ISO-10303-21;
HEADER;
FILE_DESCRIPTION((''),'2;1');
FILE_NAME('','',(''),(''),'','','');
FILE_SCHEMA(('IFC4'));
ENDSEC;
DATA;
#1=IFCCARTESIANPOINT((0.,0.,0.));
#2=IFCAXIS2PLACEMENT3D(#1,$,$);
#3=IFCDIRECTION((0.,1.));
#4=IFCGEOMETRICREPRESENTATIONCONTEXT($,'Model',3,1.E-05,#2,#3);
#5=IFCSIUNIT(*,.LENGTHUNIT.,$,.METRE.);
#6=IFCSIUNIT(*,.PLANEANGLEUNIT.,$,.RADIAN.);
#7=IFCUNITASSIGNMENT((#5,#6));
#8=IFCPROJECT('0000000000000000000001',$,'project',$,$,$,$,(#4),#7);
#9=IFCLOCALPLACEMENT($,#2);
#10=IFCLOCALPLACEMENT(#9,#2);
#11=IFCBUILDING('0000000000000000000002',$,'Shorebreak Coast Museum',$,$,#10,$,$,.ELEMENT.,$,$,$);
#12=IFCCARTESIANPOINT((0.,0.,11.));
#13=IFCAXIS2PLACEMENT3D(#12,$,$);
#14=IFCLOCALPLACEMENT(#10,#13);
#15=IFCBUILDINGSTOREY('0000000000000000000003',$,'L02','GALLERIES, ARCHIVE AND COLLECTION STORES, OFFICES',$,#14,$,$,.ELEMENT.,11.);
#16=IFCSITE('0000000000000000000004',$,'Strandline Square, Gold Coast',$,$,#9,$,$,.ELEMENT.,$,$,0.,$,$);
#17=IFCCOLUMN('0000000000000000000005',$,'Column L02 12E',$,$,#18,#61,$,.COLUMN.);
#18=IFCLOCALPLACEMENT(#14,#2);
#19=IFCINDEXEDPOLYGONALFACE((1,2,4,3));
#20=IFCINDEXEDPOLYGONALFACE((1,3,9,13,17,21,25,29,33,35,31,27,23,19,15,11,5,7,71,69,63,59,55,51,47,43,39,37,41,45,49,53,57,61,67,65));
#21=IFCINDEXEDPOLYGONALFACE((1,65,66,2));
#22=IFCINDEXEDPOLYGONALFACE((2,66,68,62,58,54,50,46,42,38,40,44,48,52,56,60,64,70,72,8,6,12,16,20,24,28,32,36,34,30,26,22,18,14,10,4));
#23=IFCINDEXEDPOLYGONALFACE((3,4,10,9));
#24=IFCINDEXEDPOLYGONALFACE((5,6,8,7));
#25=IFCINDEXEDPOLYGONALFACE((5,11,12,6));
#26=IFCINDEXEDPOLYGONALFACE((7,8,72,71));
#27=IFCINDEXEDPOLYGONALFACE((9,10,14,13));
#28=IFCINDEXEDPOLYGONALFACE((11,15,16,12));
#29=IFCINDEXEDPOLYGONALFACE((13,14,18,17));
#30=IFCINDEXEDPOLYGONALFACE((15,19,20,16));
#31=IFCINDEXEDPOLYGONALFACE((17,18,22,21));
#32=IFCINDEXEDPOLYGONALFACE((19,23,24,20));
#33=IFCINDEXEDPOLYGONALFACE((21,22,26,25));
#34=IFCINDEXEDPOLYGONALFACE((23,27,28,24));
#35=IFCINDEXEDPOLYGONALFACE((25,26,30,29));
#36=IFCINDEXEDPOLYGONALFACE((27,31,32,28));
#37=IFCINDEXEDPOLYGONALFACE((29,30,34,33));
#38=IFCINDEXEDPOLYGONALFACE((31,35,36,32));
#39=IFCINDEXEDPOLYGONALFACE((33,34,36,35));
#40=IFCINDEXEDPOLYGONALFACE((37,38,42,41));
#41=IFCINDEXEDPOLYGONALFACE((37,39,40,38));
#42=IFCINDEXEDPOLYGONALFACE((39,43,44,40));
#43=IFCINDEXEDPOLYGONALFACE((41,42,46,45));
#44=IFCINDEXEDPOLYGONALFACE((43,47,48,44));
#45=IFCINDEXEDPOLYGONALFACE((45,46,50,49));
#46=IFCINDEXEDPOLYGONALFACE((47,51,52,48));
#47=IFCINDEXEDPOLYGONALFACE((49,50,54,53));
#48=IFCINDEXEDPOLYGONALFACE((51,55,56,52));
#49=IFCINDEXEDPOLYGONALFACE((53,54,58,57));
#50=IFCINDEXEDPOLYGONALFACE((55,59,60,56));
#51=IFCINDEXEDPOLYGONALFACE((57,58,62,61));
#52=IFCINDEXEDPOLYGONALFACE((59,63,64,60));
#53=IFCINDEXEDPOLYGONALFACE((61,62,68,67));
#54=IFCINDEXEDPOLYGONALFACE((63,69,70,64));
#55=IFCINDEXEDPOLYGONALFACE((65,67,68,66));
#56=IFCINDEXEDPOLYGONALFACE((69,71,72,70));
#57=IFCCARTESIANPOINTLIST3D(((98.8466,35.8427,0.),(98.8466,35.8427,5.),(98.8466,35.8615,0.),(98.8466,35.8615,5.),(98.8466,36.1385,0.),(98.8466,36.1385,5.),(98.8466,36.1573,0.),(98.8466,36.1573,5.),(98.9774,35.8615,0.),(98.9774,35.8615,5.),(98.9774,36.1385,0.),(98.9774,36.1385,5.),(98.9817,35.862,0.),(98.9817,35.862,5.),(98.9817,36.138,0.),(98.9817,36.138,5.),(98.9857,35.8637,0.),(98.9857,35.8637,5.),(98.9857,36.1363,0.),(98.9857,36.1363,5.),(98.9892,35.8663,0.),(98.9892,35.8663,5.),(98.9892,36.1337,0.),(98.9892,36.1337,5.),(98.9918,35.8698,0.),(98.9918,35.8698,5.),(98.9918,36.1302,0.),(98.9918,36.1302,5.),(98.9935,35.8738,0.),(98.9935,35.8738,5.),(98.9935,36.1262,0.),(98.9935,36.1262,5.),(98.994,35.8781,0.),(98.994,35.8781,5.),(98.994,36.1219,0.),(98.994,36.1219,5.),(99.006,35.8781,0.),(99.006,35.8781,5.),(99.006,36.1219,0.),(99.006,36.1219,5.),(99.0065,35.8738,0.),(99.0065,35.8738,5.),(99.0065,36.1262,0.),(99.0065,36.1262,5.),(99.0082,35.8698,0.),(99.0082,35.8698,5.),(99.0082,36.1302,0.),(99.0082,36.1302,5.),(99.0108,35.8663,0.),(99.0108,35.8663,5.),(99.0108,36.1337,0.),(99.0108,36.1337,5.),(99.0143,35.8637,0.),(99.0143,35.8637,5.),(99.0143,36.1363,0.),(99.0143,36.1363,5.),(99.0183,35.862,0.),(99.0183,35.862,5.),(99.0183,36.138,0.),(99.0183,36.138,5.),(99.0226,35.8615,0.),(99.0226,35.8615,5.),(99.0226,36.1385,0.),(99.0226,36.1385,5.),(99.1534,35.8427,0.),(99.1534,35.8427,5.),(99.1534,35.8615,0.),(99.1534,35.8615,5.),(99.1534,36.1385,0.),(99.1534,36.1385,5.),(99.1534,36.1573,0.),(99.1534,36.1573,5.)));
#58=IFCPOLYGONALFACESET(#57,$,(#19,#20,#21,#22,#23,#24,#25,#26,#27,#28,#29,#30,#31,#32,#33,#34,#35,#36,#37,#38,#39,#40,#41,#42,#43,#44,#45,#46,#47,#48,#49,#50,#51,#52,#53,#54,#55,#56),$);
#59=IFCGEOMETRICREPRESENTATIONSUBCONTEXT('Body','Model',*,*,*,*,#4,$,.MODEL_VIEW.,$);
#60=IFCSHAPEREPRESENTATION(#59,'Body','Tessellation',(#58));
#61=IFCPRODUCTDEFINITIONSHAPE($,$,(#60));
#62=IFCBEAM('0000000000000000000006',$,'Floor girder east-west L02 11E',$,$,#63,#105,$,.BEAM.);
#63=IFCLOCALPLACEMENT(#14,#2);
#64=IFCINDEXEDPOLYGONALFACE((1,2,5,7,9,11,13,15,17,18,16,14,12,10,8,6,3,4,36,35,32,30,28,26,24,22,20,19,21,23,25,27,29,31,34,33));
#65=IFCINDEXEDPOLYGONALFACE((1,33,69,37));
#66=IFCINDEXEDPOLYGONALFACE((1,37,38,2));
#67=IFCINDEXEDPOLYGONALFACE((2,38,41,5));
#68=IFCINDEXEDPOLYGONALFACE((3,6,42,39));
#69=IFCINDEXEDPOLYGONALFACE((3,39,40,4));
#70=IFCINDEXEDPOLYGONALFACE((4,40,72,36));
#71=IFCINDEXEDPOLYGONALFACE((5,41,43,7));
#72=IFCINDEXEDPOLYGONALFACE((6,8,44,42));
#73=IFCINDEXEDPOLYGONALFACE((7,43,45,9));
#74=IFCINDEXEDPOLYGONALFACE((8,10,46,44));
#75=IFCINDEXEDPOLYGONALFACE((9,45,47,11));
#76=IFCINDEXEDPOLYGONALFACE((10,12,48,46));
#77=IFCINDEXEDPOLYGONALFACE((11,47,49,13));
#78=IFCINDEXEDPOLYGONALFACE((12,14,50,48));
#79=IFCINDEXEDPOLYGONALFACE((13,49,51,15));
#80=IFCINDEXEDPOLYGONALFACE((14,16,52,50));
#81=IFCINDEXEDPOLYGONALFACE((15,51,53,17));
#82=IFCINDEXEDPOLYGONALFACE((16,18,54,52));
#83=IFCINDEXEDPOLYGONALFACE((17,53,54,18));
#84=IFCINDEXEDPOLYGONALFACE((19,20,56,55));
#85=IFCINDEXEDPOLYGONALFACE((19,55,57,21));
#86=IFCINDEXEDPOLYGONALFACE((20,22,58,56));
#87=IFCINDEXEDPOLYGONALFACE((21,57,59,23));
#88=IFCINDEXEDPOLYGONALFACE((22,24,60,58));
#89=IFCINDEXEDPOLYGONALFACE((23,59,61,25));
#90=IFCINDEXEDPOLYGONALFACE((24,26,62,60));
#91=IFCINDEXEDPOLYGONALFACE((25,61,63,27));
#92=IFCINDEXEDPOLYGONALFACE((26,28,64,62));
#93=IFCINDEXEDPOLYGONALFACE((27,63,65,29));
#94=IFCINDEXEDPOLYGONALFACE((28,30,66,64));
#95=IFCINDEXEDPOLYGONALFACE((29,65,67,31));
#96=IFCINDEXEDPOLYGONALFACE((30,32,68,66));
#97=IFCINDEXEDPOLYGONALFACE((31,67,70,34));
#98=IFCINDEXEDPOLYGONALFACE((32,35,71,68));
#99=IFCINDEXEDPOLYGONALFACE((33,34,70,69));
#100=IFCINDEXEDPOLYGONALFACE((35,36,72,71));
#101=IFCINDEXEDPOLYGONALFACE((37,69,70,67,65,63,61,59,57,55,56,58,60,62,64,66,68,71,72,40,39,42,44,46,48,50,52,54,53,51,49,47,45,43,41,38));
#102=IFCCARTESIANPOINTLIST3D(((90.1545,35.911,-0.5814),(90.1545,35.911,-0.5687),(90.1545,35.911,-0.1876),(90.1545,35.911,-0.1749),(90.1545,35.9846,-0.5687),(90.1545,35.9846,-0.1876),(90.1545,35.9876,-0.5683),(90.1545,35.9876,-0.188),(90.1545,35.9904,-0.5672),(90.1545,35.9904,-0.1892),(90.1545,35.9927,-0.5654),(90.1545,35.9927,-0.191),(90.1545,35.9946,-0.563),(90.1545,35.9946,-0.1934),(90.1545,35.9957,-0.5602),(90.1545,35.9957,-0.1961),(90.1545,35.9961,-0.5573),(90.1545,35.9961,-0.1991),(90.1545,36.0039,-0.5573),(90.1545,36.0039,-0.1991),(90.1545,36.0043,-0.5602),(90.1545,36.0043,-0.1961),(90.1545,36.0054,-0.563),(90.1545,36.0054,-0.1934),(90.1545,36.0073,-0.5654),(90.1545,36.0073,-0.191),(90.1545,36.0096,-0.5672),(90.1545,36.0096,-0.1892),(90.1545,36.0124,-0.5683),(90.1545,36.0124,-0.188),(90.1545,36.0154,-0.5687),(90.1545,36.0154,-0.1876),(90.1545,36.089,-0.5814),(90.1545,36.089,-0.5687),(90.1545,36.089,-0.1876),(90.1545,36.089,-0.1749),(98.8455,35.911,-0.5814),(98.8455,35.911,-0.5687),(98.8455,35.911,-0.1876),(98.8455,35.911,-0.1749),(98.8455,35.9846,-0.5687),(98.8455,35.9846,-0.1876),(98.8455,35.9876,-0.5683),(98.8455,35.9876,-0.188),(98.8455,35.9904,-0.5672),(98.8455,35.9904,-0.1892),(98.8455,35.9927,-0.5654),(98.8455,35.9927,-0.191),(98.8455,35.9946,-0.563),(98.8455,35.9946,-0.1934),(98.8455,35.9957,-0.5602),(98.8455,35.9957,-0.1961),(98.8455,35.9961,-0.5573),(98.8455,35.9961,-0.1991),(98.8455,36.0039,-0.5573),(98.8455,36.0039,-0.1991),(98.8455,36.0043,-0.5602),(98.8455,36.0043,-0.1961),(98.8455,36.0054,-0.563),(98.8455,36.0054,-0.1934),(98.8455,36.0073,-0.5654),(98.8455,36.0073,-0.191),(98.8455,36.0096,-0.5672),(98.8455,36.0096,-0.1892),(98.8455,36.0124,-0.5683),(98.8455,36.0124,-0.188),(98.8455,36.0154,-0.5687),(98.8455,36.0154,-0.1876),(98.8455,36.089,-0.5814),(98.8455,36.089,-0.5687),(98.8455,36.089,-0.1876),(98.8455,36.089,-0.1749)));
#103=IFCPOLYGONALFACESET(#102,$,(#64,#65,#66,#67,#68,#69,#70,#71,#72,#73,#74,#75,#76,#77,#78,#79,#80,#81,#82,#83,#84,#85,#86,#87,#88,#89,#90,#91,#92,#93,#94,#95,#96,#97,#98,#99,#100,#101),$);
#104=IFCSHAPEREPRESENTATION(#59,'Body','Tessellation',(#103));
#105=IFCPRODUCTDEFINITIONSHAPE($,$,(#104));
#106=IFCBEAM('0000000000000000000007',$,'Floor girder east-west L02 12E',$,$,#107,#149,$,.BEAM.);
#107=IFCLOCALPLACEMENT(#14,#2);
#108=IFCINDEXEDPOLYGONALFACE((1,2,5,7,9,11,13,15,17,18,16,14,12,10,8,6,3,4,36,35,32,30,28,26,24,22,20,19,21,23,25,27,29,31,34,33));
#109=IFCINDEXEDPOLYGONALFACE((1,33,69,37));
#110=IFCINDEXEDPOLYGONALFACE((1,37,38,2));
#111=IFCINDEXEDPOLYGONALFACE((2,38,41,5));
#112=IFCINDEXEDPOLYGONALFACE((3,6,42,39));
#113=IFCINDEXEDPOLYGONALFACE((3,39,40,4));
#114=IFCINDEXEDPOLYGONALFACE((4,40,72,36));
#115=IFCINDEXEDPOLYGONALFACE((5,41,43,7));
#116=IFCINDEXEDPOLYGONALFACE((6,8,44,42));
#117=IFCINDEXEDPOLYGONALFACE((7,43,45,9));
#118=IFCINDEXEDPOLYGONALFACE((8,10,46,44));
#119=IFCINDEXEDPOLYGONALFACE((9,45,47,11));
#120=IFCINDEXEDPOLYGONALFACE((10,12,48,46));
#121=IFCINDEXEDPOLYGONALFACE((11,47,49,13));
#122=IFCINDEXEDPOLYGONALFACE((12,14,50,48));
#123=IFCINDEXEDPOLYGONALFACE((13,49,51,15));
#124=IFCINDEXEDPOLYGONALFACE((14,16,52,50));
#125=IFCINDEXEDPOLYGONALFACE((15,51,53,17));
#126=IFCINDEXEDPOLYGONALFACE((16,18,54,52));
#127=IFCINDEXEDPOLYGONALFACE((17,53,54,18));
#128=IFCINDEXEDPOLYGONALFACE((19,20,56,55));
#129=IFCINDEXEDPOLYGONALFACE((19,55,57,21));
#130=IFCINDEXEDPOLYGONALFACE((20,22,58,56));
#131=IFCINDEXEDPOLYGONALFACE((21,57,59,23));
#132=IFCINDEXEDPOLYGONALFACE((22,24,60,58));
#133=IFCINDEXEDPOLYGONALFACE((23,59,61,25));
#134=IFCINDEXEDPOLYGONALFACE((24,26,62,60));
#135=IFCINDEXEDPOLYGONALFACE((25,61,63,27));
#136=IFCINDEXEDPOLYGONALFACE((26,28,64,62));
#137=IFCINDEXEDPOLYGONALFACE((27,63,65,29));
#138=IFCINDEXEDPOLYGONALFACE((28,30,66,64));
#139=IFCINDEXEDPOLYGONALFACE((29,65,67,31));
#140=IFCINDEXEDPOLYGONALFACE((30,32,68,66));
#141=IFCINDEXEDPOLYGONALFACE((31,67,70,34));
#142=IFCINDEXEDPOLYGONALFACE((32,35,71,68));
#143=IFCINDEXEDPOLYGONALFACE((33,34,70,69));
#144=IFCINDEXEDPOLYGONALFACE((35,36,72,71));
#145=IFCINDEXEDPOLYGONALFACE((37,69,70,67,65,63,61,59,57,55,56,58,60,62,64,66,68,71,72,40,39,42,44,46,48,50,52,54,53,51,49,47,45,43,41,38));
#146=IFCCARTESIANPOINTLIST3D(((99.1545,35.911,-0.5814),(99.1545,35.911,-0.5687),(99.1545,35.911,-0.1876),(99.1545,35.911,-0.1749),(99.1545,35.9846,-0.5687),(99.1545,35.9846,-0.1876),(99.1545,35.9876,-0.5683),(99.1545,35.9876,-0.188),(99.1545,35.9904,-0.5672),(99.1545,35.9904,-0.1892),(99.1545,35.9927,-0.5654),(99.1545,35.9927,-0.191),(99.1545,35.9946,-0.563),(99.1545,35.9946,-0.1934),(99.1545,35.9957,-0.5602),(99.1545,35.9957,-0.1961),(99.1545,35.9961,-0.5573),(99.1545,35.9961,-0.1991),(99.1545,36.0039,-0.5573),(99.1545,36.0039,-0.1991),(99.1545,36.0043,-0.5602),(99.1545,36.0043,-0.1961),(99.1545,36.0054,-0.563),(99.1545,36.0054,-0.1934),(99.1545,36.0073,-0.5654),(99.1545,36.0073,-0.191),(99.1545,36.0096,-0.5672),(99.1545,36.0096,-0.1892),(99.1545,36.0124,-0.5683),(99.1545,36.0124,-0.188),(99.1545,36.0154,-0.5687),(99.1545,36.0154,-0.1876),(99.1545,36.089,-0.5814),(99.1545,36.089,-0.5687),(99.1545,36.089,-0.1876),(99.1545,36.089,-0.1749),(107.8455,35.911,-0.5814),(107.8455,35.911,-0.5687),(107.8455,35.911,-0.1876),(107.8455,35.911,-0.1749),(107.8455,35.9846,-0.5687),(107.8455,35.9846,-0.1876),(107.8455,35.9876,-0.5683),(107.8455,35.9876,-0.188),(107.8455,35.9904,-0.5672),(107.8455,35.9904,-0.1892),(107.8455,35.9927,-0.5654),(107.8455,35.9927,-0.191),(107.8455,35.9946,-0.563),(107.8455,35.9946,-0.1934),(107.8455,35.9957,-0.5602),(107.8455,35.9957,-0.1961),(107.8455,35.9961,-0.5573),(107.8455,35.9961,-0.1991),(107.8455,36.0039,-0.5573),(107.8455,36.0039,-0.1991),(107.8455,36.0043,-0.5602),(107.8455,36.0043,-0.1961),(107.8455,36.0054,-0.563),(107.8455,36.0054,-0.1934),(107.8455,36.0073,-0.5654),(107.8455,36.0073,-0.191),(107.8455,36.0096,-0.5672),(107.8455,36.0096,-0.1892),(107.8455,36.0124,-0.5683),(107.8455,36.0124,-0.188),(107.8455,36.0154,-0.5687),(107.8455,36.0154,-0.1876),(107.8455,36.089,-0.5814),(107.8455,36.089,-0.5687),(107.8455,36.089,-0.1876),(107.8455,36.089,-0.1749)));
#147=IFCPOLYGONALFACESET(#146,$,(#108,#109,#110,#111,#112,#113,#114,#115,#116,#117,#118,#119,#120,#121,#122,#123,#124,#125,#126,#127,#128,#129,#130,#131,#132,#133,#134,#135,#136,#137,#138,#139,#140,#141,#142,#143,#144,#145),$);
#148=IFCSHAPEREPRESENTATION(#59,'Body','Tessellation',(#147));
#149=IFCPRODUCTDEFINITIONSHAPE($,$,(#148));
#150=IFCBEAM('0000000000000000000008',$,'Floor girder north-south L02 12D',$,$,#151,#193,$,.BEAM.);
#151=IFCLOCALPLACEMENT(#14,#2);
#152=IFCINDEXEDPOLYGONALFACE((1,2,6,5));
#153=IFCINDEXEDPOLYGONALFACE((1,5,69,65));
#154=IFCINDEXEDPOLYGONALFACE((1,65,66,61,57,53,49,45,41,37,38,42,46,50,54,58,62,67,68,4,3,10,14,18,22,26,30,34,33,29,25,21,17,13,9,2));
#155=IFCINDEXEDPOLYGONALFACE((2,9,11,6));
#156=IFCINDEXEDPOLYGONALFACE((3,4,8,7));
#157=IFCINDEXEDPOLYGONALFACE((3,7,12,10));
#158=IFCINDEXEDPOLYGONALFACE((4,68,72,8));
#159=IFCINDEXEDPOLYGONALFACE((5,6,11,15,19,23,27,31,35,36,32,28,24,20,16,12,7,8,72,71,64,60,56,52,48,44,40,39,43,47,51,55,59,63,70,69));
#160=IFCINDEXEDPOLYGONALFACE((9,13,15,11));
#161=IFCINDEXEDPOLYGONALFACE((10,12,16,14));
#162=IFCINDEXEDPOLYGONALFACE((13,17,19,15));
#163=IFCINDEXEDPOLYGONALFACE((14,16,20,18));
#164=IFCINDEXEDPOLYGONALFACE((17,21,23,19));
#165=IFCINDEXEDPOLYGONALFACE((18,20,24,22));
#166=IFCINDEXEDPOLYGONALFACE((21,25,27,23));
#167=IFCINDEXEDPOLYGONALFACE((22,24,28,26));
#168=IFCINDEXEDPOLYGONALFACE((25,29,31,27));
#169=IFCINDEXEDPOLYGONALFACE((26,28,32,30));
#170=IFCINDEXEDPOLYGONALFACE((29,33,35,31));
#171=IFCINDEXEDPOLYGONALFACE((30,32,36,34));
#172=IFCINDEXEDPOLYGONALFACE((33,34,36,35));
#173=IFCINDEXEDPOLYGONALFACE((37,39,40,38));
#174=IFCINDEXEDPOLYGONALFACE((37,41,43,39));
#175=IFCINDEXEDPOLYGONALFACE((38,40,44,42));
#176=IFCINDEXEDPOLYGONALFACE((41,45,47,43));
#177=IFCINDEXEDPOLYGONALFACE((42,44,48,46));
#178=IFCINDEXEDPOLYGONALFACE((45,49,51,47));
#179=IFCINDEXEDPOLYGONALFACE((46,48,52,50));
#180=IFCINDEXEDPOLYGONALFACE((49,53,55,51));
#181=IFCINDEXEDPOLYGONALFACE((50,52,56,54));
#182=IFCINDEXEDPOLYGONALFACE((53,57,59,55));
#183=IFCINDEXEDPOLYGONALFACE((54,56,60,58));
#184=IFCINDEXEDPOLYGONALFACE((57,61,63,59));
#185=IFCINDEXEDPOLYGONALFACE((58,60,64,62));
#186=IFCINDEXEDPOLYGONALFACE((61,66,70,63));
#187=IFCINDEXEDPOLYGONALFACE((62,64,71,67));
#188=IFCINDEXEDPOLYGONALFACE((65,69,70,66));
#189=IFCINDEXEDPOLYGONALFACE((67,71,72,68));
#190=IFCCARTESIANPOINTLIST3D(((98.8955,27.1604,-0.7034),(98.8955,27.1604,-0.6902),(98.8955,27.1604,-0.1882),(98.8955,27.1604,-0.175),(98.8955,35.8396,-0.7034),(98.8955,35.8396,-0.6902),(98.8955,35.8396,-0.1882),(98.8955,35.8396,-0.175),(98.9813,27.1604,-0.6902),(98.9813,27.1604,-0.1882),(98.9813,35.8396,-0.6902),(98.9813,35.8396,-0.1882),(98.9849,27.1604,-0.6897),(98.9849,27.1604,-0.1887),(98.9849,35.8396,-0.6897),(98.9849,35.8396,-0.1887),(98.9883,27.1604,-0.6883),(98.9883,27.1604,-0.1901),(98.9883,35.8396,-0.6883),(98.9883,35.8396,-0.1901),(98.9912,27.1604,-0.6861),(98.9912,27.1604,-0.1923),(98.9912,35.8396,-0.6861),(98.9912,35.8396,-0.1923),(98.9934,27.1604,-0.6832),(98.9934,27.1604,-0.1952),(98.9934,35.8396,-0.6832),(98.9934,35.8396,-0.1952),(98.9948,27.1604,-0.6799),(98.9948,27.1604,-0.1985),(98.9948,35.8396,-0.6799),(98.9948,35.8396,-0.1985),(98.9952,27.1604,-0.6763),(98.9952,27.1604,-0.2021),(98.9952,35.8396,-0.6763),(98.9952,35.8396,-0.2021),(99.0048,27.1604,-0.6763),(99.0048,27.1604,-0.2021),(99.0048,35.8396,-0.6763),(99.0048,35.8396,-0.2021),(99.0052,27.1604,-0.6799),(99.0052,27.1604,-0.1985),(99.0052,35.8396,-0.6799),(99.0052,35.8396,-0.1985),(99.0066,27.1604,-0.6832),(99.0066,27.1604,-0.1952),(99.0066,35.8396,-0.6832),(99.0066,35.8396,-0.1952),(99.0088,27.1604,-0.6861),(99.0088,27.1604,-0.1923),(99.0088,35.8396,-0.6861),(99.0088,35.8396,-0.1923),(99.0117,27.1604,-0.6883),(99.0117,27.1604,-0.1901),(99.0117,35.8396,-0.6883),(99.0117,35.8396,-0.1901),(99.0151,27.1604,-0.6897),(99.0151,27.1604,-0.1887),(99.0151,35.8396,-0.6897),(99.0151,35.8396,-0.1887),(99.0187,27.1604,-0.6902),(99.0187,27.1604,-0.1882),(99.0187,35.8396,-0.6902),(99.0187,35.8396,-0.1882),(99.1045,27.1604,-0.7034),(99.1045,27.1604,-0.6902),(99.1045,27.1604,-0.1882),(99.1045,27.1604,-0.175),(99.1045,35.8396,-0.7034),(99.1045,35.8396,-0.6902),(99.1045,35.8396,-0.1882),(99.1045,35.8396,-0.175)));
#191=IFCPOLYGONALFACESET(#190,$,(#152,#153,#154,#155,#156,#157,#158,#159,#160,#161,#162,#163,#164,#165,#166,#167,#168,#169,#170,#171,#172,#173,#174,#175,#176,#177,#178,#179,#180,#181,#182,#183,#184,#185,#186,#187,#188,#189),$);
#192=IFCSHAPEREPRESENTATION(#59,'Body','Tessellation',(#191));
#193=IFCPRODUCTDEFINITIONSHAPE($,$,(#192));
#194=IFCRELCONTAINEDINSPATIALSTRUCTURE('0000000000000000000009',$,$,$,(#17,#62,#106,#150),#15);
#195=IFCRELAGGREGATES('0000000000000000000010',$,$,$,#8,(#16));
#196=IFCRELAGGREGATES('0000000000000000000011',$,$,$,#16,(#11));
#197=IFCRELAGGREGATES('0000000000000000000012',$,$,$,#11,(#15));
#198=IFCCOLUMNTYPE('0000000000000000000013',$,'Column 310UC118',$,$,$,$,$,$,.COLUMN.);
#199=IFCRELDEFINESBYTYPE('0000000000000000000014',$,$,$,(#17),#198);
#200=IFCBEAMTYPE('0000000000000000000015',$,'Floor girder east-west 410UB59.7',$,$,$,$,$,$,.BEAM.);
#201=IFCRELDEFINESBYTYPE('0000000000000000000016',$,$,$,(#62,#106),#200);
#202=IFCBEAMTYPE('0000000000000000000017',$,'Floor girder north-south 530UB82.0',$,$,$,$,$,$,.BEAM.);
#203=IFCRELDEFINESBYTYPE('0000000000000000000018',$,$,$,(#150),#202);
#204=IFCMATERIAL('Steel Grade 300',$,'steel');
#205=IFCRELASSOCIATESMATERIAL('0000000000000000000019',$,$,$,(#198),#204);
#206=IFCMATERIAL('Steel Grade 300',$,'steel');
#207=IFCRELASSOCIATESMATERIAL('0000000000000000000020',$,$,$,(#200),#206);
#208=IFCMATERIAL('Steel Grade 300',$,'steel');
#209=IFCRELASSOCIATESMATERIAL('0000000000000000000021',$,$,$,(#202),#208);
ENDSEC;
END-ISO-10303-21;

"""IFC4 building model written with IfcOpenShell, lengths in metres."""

from ifc_helpers import new_model, si_unit, direction, frame, origin, origin_2d, place, context, subcontext, project, spatial, i_section, extrude, material, material_profile, profile_set, type_object, element, save


model = new_model("IFC4")

# Units and contexts
model_context = context("Model", 3, precision=1e-05, world=origin(), true_north=direction((0.0, 1.0)))
body_context = subcontext(model_context, "Body", "Model", "MODEL_VIEW")
ifc_project = project(units=[si_unit("LENGTHUNIT", "METRE"), si_unit("PLANEANGLEUNIT", "RADIAN")], contexts=[model_context])

# Site, building, storey
site_placement = place(None, origin())
site = spatial("IfcSite", under=ifc_project, at=site_placement, Name="Strandline Square, Gold Coast", CompositionType="ELEMENT", RefElevation=0.0)
building_placement = place(site_placement, origin())
building = spatial("IfcBuilding", under=site, at=building_placement, Name="Shorebreak Coast Museum", CompositionType="ELEMENT")
storey_placement = place(building_placement, frame((0.0, 0.0, 11.0)))
storey = spatial("IfcBuildingStorey", under=building, at=storey_placement, Name="L02", Description="GALLERIES, ARCHIVE AND COLLECTION STORES, OFFICES", CompositionType="ELEMENT", Elevation=11.0)

# Column
ifc_material_1 = material(Name="Steel Grade 300", Category="steel")
ifc_material_profile_1 = material_profile(ifc_material_1, i_section(OverallWidth=0.3069, OverallDepth=0.3147, WebThickness=0.012, FlangeThickness=0.0188, FilletRadius=0.0166, at=origin_2d()), Name="310UC118")
ifc_profile_set_1 = profile_set([ifc_material_profile_1], Name="Steel Grade 300")
column_type = type_object("IfcColumnType", Name="Column 310UC118", PredefinedType="COLUMN", material=ifc_profile_set_1)
column_placement = place(storey_placement, frame((99.0, 36.0, 0.0), z_axis=(0.0, 0.0, 1.0), x_axis=(1.0, 0.0, 0.0)))
element("IfcColumn", 1, at=column_placement, inside=storey, type_object=column_type, Name="Column L02 12E", PredefinedType="COLUMN", context=body_context, shape_type="SweptSolid", body=[
    extrude(i_section(OverallWidth=0.3069, OverallDepth=0.3147, WebThickness=0.012, FlangeThickness=0.0188, FilletRadius=0.0166, at=origin_2d()), origin(), (0.0, 0.0, 1.0), 5.0),
])

# Beams
ifc_material_2 = material(Name="Steel Grade 300", Category="steel")
ifc_material_profile_2 = material_profile(ifc_material_2, i_section(OverallWidth=0.178, OverallDepth=0.4065, WebThickness=0.0078, FlangeThickness=0.0127, FilletRadius=0.0115, at=origin_2d()), Name="410UB59.7")
ifc_profile_set_2 = profile_set([ifc_material_profile_2], Name="Steel Grade 300")
beam_type_1 = type_object("IfcBeamType", Name="Floor girder east-west 410UB59.7", PredefinedType="BEAM", material=ifc_profile_set_2)
for number, where, z_axis, x_axis, name in (
    (2, (90.1545, 36.0, -0.3782), (1.0, 0.0, 0.0), (0.0, 1.0, 0.0), "Floor girder east-west L02 11E"),
    (3, (99.1545, 36.0, -0.3782), (1.0, 0.0, 0.0), (0.0, 1.0, 0.0), "Floor girder east-west L02 12E"),
):
    element("IfcBeam", number, at=place(storey_placement, frame(where, z_axis=z_axis, x_axis=x_axis)), inside=storey, type_object=beam_type_1, Name=name, PredefinedType="BEAM", context=body_context, shape_type="SweptSolid", body=[
        extrude(i_section(OverallWidth=0.178, OverallDepth=0.4065, WebThickness=0.0078, FlangeThickness=0.0127, FilletRadius=0.0115, at=origin_2d()), origin(), (0.0, 0.0, 1.0), 8.6909),
    ])
ifc_material_3 = material(Name="Steel Grade 300", Category="steel")
ifc_material_profile_3 = material_profile(ifc_material_3, i_section(OverallWidth=0.209, OverallDepth=0.5283, WebThickness=0.0095, FlangeThickness=0.0132, FilletRadius=0.0139, at=origin_2d()), Name="530UB82.0")
ifc_profile_set_3 = profile_set([ifc_material_profile_3], Name="Steel Grade 300")
beam_type_2 = type_object("IfcBeamType", Name="Floor girder north-south 530UB82.0", PredefinedType="BEAM", material=ifc_profile_set_3)
beam_placement = place(storey_placement, frame((99.0, 27.1604, -0.4392), z_axis=(0.0, 1.0, 0.0), x_axis=(-1.0, 0.0, 0.0)))
element("IfcBeam", 4, at=beam_placement, inside=storey, type_object=beam_type_2, Name="Floor girder north-south L02 12D", PredefinedType="BEAM", context=body_context, shape_type="SweptSolid", body=[
    extrude(i_section(OverallWidth=0.209, OverallDepth=0.5283, WebThickness=0.0095, FlangeThickness=0.0132, FilletRadius=0.0139, at=origin_2d()), origin(), (0.0, 0.0, 1.0), 8.6792),
])

save(model, "model.ifc")
